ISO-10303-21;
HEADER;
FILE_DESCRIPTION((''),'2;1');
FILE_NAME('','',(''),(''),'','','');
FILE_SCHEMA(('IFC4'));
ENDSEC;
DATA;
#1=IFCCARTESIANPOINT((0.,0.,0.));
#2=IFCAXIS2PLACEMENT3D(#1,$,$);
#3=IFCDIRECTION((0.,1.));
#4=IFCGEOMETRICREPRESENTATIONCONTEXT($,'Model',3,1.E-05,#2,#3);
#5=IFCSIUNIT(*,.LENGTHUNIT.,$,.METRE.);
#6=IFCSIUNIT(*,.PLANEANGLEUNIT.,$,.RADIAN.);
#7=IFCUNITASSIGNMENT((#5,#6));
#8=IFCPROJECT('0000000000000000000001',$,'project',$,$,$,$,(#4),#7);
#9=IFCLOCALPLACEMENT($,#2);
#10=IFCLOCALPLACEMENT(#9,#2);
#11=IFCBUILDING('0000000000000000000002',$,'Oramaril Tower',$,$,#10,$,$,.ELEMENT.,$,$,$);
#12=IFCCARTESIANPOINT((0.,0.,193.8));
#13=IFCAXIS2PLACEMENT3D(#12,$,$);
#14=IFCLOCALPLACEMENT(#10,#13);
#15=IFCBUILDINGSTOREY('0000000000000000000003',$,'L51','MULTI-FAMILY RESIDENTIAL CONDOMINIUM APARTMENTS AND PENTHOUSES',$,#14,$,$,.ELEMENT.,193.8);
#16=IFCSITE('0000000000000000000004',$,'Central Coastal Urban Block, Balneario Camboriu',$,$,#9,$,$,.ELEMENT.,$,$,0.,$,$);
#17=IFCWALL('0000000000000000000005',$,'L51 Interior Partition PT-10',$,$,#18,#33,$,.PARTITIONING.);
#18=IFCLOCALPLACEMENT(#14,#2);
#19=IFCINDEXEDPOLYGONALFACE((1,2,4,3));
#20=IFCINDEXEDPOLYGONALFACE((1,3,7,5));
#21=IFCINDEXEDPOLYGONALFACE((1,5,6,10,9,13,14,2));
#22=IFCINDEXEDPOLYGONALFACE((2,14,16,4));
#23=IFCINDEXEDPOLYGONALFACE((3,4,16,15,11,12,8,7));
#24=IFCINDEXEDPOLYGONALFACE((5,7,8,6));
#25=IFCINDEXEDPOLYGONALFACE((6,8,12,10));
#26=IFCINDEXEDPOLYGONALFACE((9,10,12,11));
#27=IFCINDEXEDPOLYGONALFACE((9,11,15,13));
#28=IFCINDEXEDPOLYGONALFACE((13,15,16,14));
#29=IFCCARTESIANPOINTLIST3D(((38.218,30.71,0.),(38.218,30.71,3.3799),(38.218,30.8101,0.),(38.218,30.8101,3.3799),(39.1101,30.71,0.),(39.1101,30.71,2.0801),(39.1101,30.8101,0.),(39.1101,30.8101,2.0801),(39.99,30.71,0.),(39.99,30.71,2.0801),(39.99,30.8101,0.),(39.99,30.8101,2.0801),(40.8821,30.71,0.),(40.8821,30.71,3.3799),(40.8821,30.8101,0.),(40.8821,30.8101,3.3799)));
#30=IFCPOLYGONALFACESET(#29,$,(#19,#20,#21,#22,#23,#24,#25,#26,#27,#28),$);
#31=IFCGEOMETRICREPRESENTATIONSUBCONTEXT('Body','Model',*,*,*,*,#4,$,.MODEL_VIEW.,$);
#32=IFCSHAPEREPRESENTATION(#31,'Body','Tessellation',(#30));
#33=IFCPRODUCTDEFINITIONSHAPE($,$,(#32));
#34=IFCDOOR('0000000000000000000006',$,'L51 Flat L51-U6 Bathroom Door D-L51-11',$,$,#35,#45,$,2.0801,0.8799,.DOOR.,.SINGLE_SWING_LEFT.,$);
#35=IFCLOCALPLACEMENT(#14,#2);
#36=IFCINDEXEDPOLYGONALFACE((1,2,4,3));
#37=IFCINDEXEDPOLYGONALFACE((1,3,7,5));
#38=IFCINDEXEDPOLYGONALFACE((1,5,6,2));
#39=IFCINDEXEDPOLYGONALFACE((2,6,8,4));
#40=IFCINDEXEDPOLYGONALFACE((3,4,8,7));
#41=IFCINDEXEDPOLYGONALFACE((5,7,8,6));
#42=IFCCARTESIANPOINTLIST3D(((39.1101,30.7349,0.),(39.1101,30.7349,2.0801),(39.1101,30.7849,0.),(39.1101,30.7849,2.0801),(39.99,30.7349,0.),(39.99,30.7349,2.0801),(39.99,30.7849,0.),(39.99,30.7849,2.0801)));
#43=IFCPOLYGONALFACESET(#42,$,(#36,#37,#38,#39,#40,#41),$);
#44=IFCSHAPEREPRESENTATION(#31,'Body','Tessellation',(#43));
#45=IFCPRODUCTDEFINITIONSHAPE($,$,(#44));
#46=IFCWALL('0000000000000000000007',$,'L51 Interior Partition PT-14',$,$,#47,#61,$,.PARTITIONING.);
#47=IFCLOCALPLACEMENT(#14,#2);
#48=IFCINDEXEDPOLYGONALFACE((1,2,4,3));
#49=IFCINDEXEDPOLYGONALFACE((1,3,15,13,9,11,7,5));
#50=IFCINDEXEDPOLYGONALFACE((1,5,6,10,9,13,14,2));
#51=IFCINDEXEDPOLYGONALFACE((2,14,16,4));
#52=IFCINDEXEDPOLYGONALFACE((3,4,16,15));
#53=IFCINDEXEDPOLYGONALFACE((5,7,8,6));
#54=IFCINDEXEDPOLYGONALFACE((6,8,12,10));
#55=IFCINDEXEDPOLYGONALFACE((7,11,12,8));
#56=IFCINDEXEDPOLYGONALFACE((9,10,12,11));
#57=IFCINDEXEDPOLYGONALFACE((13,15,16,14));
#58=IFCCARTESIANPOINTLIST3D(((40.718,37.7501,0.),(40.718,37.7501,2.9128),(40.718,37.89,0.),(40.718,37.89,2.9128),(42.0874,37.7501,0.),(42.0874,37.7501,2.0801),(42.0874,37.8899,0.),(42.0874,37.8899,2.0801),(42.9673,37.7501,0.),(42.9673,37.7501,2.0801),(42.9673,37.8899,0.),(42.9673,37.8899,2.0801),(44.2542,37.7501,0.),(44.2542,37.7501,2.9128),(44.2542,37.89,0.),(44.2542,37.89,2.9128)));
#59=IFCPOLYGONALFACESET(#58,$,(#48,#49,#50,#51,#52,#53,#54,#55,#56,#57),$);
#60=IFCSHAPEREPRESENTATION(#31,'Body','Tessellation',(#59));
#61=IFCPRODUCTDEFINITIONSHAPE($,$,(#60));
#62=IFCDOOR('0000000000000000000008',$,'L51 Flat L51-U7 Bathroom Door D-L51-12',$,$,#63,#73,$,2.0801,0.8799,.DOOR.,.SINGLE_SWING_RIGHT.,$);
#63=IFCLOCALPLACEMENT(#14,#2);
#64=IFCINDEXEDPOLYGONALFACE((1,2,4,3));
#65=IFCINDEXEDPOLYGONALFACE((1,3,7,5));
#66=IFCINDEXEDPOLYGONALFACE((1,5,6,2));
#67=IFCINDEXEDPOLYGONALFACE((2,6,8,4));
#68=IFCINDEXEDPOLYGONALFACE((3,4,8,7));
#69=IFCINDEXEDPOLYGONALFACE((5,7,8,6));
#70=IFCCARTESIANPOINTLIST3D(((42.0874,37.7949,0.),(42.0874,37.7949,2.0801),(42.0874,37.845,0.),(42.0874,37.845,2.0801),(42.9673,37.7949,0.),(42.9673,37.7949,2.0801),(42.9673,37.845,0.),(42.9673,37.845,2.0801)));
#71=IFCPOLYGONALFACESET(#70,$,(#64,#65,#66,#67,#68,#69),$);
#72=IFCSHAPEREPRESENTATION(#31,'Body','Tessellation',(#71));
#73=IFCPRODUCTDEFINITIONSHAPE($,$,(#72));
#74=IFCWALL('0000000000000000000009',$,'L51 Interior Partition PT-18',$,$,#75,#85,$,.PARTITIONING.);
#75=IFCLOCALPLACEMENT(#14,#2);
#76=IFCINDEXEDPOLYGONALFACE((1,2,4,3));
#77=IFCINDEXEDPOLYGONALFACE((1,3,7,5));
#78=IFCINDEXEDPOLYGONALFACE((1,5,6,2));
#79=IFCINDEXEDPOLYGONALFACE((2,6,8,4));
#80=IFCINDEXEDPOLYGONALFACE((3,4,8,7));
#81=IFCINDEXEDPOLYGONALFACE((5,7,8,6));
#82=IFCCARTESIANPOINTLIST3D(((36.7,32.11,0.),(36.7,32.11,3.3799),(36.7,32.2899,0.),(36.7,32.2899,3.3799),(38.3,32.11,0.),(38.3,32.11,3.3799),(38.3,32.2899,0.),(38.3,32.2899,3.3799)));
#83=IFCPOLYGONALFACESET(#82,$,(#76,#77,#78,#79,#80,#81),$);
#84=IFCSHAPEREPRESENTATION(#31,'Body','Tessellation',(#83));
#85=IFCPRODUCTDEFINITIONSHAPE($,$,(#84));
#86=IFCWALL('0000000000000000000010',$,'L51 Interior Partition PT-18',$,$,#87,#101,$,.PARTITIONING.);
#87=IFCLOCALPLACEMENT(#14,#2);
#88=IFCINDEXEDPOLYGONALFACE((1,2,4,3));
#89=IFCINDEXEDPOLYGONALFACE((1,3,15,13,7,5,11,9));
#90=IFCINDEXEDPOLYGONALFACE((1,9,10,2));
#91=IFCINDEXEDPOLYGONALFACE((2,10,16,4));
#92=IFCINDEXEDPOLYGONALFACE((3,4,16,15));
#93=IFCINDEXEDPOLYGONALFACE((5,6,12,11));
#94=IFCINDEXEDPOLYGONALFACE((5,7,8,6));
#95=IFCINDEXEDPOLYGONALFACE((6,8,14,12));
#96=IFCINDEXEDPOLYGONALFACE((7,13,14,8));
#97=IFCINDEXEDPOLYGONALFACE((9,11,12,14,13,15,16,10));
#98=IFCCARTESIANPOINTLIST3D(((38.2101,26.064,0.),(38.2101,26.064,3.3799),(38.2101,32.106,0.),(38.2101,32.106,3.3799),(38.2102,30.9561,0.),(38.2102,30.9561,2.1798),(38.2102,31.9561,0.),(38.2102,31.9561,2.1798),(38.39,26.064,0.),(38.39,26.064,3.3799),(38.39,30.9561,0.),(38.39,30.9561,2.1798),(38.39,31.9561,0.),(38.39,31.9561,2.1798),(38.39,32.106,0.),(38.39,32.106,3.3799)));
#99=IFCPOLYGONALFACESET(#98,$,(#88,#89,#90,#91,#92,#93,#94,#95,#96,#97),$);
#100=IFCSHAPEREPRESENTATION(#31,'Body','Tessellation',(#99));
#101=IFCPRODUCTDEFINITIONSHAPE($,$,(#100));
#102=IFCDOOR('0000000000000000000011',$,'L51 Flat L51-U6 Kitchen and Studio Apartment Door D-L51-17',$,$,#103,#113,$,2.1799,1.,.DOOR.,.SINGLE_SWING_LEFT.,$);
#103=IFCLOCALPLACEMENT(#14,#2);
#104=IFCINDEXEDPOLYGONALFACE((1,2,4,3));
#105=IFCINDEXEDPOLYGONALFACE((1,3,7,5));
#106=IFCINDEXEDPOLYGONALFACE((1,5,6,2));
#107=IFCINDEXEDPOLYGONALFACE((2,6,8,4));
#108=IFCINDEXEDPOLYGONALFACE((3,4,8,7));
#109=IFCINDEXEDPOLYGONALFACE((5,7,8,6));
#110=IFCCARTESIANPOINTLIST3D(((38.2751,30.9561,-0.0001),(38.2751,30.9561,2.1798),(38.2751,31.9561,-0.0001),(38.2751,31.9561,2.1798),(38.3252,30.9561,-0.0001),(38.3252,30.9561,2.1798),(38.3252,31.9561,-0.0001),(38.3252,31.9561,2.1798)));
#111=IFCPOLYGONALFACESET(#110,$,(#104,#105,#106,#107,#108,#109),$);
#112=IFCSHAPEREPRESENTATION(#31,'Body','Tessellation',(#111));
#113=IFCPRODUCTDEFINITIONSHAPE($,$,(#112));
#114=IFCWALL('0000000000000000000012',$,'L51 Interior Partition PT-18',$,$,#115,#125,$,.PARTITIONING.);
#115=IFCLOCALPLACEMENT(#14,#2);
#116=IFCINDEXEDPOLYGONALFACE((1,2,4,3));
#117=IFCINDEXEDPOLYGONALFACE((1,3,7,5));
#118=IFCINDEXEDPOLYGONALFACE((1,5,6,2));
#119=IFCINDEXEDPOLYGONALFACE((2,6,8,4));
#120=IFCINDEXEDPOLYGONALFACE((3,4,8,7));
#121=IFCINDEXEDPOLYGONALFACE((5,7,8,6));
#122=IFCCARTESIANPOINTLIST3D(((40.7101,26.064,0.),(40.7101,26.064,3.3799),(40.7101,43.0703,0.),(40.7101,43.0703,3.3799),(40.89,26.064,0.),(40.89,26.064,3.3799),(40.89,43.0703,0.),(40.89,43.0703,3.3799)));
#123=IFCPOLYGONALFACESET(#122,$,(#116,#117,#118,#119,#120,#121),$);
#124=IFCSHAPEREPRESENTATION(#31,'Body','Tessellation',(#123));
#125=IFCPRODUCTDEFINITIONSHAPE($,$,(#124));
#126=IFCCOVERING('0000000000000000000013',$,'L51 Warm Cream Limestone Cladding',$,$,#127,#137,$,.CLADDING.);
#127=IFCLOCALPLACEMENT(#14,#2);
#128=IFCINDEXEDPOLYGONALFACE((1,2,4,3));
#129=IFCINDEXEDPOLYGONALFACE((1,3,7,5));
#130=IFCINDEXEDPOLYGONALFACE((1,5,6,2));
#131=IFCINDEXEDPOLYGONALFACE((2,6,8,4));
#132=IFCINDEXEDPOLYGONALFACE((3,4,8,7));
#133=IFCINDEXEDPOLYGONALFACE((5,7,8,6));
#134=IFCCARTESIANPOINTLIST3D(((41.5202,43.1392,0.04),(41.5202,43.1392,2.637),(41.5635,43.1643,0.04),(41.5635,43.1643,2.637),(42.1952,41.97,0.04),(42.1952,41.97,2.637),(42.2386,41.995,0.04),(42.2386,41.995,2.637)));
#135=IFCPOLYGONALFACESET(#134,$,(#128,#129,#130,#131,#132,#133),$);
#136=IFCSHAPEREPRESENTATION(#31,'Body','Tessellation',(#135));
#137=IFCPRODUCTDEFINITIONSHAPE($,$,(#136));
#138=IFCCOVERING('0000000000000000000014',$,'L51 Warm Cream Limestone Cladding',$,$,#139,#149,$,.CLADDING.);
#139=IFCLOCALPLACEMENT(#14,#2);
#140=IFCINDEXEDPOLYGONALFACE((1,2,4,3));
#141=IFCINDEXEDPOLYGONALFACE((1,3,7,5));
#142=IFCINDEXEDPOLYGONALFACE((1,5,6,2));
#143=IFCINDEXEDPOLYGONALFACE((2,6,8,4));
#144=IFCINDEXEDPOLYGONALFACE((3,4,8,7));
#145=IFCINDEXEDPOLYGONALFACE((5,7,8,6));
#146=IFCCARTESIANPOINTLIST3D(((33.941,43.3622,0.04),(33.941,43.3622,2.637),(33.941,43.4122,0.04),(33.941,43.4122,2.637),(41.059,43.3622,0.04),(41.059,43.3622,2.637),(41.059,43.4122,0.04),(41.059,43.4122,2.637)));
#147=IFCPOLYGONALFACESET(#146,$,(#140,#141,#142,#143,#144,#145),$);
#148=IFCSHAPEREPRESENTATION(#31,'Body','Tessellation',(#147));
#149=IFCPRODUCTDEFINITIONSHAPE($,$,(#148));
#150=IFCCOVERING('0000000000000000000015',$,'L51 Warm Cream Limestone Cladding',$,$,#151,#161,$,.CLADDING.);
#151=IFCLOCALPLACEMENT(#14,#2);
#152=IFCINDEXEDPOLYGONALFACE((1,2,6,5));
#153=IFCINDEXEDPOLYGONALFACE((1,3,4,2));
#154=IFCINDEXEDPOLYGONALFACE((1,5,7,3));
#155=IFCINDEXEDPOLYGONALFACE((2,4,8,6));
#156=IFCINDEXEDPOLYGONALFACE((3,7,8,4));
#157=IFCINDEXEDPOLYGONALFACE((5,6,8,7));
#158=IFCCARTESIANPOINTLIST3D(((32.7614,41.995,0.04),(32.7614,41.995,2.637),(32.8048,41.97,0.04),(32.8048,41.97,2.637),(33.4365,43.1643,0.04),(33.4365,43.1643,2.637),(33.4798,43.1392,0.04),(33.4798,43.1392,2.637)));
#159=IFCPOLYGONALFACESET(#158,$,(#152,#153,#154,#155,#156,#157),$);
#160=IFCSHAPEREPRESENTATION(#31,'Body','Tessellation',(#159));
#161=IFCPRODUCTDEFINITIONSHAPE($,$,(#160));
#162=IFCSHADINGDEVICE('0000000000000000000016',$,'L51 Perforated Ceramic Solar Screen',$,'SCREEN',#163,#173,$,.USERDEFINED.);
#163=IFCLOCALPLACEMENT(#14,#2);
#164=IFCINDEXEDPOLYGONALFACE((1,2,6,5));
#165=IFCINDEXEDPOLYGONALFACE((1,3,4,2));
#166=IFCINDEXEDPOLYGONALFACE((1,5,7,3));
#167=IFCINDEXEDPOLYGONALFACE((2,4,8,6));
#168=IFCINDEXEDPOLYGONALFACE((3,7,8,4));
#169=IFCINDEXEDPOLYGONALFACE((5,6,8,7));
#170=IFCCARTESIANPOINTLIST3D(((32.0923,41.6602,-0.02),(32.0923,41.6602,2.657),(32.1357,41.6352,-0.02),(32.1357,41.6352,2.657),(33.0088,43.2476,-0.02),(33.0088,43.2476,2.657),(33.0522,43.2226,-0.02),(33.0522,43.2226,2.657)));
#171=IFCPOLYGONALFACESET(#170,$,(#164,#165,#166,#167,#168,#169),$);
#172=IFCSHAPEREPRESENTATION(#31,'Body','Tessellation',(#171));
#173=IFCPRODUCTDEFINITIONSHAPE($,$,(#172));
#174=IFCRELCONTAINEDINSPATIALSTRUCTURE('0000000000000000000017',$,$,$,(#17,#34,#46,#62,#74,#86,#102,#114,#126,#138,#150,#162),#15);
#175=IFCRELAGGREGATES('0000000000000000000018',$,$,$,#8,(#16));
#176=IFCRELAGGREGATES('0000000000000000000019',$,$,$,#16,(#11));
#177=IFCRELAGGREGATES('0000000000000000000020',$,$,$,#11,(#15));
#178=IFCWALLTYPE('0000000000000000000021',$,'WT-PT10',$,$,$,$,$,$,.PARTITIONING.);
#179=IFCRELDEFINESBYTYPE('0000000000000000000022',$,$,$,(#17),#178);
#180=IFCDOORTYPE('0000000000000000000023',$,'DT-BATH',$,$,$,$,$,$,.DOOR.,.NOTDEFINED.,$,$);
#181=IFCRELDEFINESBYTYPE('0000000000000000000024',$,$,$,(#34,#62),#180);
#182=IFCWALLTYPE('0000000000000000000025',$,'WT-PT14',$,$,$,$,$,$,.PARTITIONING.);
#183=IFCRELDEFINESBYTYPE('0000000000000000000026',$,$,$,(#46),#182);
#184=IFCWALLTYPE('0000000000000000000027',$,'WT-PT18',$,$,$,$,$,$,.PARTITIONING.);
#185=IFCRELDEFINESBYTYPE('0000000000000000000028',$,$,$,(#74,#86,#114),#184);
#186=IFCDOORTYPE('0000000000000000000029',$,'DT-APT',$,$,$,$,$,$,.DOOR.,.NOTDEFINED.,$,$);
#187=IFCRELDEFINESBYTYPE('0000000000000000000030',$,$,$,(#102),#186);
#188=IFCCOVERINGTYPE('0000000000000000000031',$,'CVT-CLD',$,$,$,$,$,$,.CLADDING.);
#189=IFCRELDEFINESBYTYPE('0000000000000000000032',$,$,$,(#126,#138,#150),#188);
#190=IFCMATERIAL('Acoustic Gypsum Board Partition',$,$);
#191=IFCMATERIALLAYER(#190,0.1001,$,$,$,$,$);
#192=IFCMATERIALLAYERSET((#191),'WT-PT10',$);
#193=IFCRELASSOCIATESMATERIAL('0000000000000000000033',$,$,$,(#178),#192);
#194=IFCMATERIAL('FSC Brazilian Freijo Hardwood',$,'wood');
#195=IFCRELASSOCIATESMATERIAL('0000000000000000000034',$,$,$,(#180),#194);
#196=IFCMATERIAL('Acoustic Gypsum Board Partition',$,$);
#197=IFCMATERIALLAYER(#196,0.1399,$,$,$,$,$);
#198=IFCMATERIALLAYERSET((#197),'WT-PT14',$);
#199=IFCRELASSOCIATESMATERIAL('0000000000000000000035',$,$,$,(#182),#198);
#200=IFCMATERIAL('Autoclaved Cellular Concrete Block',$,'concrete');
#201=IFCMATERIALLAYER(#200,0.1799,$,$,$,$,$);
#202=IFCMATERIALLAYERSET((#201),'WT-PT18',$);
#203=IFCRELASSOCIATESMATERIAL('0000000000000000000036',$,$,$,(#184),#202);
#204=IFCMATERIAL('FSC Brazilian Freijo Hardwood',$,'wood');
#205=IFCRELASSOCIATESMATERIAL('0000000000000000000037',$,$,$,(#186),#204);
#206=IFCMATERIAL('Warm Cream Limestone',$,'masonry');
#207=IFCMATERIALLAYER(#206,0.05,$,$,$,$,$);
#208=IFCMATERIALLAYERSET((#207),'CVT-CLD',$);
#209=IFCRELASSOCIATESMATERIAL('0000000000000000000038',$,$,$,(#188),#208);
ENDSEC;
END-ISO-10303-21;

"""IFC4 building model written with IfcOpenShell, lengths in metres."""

from ifc_helpers import new_model, si_unit, direction, frame, frame_2d, origin, origin_2d, place, context, subcontext, project, spatial, rectangle, extrude, material, layer, layer_set, type_object, element, fill, save


model = new_model("IFC4")

# Units and contexts
model_context = context("Model", 3, precision=1e-05, world=origin(), true_north=direction((0.0, 1.0)))
body_context = subcontext(model_context, "Body", "Model", "MODEL_VIEW")
ifc_project = project(units=[si_unit("LENGTHUNIT", "METRE"), si_unit("PLANEANGLEUNIT", "RADIAN")], contexts=[model_context])

# Site, building, storey
site_placement = place(None, origin())
site = spatial("IfcSite", under=ifc_project, at=site_placement, Name="Central Coastal Urban Block, Balneario Camboriu", CompositionType="ELEMENT", RefElevation=0.0)
building_placement = place(site_placement, origin())
building = spatial("IfcBuilding", under=site, at=building_placement, Name="Oramaril Tower", CompositionType="ELEMENT")
storey_placement = place(building_placement, frame((0.0, 0.0, 193.8)))
storey = spatial("IfcBuildingStorey", under=building, at=storey_placement, Name="L51", Description="MULTI-FAMILY RESIDENTIAL CONDOMINIUM APARTMENTS AND PENTHOUSES", CompositionType="ELEMENT", Elevation=193.8)

# Walls, openings, doors
ifc_material_1 = material(Name="Acoustic Gypsum Board Partition")
ifc_layer_1 = layer(ifc_material_1, 0.1001)
ifc_layer_set_1 = layer_set([ifc_layer_1], Name="WT-PT10")
wall_type_1 = type_object("IfcWallType", Name="WT-PT10", PredefinedType="PARTITIONING", material=ifc_layer_set_1)
wall_1_placement = place(storey_placement, frame((38.218, 30.76, 0.0), z_axis=(0.0, 0.0, 1.0), x_axis=(1.0, 0.0, 0.0)))
wall_1 = element("IfcWall", 1, at=wall_1_placement, inside=storey, type_object=wall_type_1, Name="L51 Interior Partition PT-10", PredefinedType="PARTITIONING", context=body_context, shape_type="SweptSolid", body=[
    extrude(rectangle(XDim=2.6641, YDim=0.1001, at=frame_2d((1.332, 0.0))), origin(), (0.0, 0.0, 1.0), 3.3799),
])
opening_1_placement = place(wall_1_placement, frame((0.8921, 0.0, 0.0)))
opening_1 = element("IfcOpeningElement", 2, at=opening_1_placement, cuts=wall_1, PredefinedType="OPENING", context=body_context, shape_type="SweptSolid", body=[
    extrude(rectangle(XDim=0.8799, YDim=2.0801, at=frame_2d((0.4399, 1.04))), frame((0.0, 0.05, 0.0), z_axis=(0.0, -1.0, 0.0), x_axis=(1.0, 0.0, 0.0)), (0.0, 0.0, 1.0), 0.1001),
])
ifc_material_2 = material(Name="FSC Brazilian Freijo Hardwood", Category="wood")
door_type_1 = type_object("IfcDoorType", Name="DT-BATH", OperationType="NOTDEFINED", PredefinedType="DOOR", material=ifc_material_2)
door_1_placement = place(opening_1_placement, origin())
door_1 = element("IfcDoor", 3, at=door_1_placement, inside=storey, type_object=door_type_1, Name="L51 Flat L51-U6 Bathroom Door D-L51-11", OperationType="SINGLE_SWING_LEFT", OverallHeight=2.0801, OverallWidth=0.8799, PredefinedType="DOOR", context=body_context, shape_type="SweptSolid", body=[
    extrude(rectangle(XDim=0.8799, YDim=2.0801, at=frame_2d((0.4399, 1.04))), frame((0.0, 0.0249, 0.0), z_axis=(0.0, -1.0, 0.0), x_axis=(1.0, 0.0, 0.0)), (0.0, 0.0, 1.0), 0.05),
])
fill(opening_1, door_1)
ifc_material_3 = material(Name="Acoustic Gypsum Board Partition")
ifc_layer_2 = layer(ifc_material_3, 0.1399)
ifc_layer_set_2 = layer_set([ifc_layer_2], Name="WT-PT14")
wall_type_2 = type_object("IfcWallType", Name="WT-PT14", PredefinedType="PARTITIONING", material=ifc_layer_set_2)
wall_2_placement = place(storey_placement, frame((40.718, 37.8201, 0.0), z_axis=(0.0, 0.0, 1.0), x_axis=(1.0, 0.0, 0.0)))
wall_2 = element("IfcWall", 4, at=wall_2_placement, inside=storey, type_object=wall_type_2, Name="L51 Interior Partition PT-14", PredefinedType="PARTITIONING", context=body_context, shape_type="SweptSolid", body=[
    extrude(rectangle(XDim=3.5361, YDim=0.1399, at=frame_2d((1.7681, 0.0))), origin(), (0.0, 0.0, 1.0), 2.9128),
])
opening_2_placement = place(wall_2_placement, frame((1.3694, 0.0, 0.0)))
opening_2 = element("IfcOpeningElement", 5, at=opening_2_placement, cuts=wall_2, PredefinedType="OPENING", context=body_context, shape_type="SweptSolid", body=[
    extrude(rectangle(XDim=0.8799, YDim=2.0801, at=frame_2d((0.4399, 1.04))), frame((0.0, 0.0698, 0.0), z_axis=(0.0, -1.0, 0.0), x_axis=(1.0, 0.0, 0.0)), (0.0, 0.0, 1.0), 0.1399),
])
door_2_placement = place(opening_2_placement, origin())
door_2 = element("IfcDoor", 6, at=door_2_placement, inside=storey, type_object=door_type_1, Name="L51 Flat L51-U7 Bathroom Door D-L51-12", OperationType="SINGLE_SWING_RIGHT", OverallHeight=2.0801, OverallWidth=0.8799, PredefinedType="DOOR", context=body_context, shape_type="SweptSolid", body=[
    extrude(rectangle(XDim=0.8799, YDim=2.0801, at=frame_2d((0.4399, 1.04))), frame((0.0, 0.0249, 0.0), z_axis=(0.0, -1.0, 0.0), x_axis=(1.0, 0.0, 0.0)), (0.0, 0.0, 1.0), 0.05),
])
fill(opening_2, door_2)

# Wall
ifc_material_4 = material(Name="Autoclaved Cellular Concrete Block", Category="concrete")
ifc_layer_3 = layer(ifc_material_4, 0.1799)
ifc_layer_set_3 = layer_set([ifc_layer_3], Name="WT-PT18")
wall_type_3 = type_object("IfcWallType", Name="WT-PT18", PredefinedType="PARTITIONING", material=ifc_layer_set_3)
wall_3_placement = place(storey_placement, frame((36.7, 32.2, 0.0), z_axis=(0.0, 0.0, 1.0), x_axis=(1.0, 0.0, 0.0)))
element("IfcWall", 7, at=wall_3_placement, inside=storey, type_object=wall_type_3, Name="L51 Interior Partition PT-18", PredefinedType="PARTITIONING", context=body_context, shape_type="SweptSolid", body=[
    extrude(rectangle(XDim=1.6001, YDim=0.1799, at=frame_2d((0.8, 0.0))), origin(), (0.0, 0.0, 1.0), 3.3799),
])

# Wall, opening, door
wall_4_placement = place(storey_placement, frame((38.3, 26.064, 0.0), z_axis=(0.0, 0.0, 1.0), x_axis=(0.0, 1.0, 0.0)))
wall_4 = element("IfcWall", 8, at=wall_4_placement, inside=storey, type_object=wall_type_3, Name="L51 Interior Partition PT-18", PredefinedType="PARTITIONING", context=body_context, shape_type="SweptSolid", body=[
    extrude(rectangle(XDim=6.042, YDim=0.1799, at=frame_2d((3.021, 0.0))), origin(), (0.0, 0.0, 1.0), 3.3799),
])
opening_3_placement = place(wall_4_placement, frame((4.8921, 0.0, 0.0)))
opening_3 = element("IfcOpeningElement", 9, at=opening_3_placement, cuts=wall_4, PredefinedType="OPENING", context=body_context, shape_type="SweptSolid", body=[
    extrude(rectangle(XDim=1.0, YDim=2.1799, at=frame_2d((0.5, 1.0898))), frame((0.0, 0.0898, 0.0), z_axis=(0.0, -1.0, 0.0), x_axis=(1.0, 0.0, 0.0)), (0.0, 0.0, 1.0), 0.1799),
])
ifc_material_5 = material(Name="FSC Brazilian Freijo Hardwood", Category="wood")
door_type_2 = type_object("IfcDoorType", Name="DT-APT", OperationType="NOTDEFINED", PredefinedType="DOOR", material=ifc_material_5)
door_3_placement = place(opening_3_placement, origin())
door_3 = element("IfcDoor", 10, at=door_3_placement, inside=storey, type_object=door_type_2, Name="L51 Flat L51-U6 Kitchen and Studio Apartment Door D-L51-17", OperationType="SINGLE_SWING_LEFT", OverallHeight=2.1799, OverallWidth=1.0, PredefinedType="DOOR", context=body_context, shape_type="SweptSolid", body=[
    extrude(rectangle(XDim=1.0, YDim=2.1799, at=frame_2d((0.5, 1.0898))), frame((0.0, 0.0249, 0.0), z_axis=(0.0, -1.0, 0.0), x_axis=(1.0, 0.0, 0.0)), (0.0, 0.0, 1.0), 0.05),
])
fill(opening_3, door_3)

# Wall
wall_5_placement = place(storey_placement, frame((40.8, 26.064, 0.0), z_axis=(0.0, 0.0, 1.0), x_axis=(0.0, 1.0, 0.0)))
element("IfcWall", 11, at=wall_5_placement, inside=storey, type_object=wall_type_3, Name="L51 Interior Partition PT-18", PredefinedType="PARTITIONING", context=body_context, shape_type="SweptSolid", body=[
    extrude(rectangle(XDim=17.0063, YDim=0.1799, at=frame_2d((8.5032, 0.0))), origin(), (0.0, 0.0, 1.0), 3.3799),
])

# Coverings
ifc_material_6 = material(Name="Warm Cream Limestone", Category="masonry")
ifc_layer_4 = layer(ifc_material_6, 0.05)
ifc_layer_set_4 = layer_set([ifc_layer_4], Name="CVT-CLD")
covering_type = type_object("IfcCoveringType", Name="CVT-CLD", PredefinedType="CLADDING", material=ifc_layer_set_4)
covering_1_placement = place(storey_placement, frame((41.8794, 42.5671, 0.04), z_axis=(0.0, 0.0, 1.0), x_axis=(-0.5, 0.866025, 0.0)))
element("IfcCovering", 12, at=covering_1_placement, inside=storey, type_object=covering_type, Name="L51 Warm Cream Limestone Cladding", PredefinedType="CLADDING", context=body_context, shape_type="SweptSolid", body=[
    extrude(rectangle(XDim=1.3501, YDim=0.05, at=origin_2d()), origin(), (0.0, 0.0, 1.0), 2.5969),
])
covering_2_placement = place(storey_placement, frame((37.5, 43.3872, 0.04), z_axis=(0.0, 0.0, 1.0), x_axis=(-1.0, 0.0, 0.0)))
element("IfcCovering", 13, at=covering_2_placement, inside=storey, type_object=covering_type, Name="L51 Warm Cream Limestone Cladding", PredefinedType="CLADDING", context=body_context, shape_type="SweptSolid", body=[
    extrude(rectangle(XDim=7.1179, YDim=0.05, at=origin_2d()), origin(), (0.0, 0.0, 1.0), 2.5969),
])
covering_3_placement = place(storey_placement, frame((33.1206, 42.5671, 0.04), z_axis=(0.0, 0.0, 1.0), x_axis=(-0.5, -0.866025, 0.0)))
element("IfcCovering", 14, at=covering_3_placement, inside=storey, type_object=covering_type, Name="L51 Warm Cream Limestone Cladding", PredefinedType="CLADDING", context=body_context, shape_type="SweptSolid", body=[
    extrude(rectangle(XDim=1.3501, YDim=0.05, at=origin_2d()), origin(), (0.0, 0.0, 1.0), 2.5969),
])

# Shading device
shading_device_placement = place(storey_placement, frame((32.5723, 42.4414, -0.02), z_axis=(0.0, 0.0, 1.0), x_axis=(-0.5, -0.866025, 0.0)))
element("IfcShadingDevice", 15, at=shading_device_placement, inside=storey, Name="L51 Perforated Ceramic Solar Screen", ObjectType="SCREEN", PredefinedType="USERDEFINED", context=body_context, shape_type="SweptSolid", body=[
    extrude(rectangle(XDim=1.833, YDim=0.05, at=origin_2d()), origin(), (0.0, 0.0, 1.0), 2.677),
])

save(model, "model.ifc")
